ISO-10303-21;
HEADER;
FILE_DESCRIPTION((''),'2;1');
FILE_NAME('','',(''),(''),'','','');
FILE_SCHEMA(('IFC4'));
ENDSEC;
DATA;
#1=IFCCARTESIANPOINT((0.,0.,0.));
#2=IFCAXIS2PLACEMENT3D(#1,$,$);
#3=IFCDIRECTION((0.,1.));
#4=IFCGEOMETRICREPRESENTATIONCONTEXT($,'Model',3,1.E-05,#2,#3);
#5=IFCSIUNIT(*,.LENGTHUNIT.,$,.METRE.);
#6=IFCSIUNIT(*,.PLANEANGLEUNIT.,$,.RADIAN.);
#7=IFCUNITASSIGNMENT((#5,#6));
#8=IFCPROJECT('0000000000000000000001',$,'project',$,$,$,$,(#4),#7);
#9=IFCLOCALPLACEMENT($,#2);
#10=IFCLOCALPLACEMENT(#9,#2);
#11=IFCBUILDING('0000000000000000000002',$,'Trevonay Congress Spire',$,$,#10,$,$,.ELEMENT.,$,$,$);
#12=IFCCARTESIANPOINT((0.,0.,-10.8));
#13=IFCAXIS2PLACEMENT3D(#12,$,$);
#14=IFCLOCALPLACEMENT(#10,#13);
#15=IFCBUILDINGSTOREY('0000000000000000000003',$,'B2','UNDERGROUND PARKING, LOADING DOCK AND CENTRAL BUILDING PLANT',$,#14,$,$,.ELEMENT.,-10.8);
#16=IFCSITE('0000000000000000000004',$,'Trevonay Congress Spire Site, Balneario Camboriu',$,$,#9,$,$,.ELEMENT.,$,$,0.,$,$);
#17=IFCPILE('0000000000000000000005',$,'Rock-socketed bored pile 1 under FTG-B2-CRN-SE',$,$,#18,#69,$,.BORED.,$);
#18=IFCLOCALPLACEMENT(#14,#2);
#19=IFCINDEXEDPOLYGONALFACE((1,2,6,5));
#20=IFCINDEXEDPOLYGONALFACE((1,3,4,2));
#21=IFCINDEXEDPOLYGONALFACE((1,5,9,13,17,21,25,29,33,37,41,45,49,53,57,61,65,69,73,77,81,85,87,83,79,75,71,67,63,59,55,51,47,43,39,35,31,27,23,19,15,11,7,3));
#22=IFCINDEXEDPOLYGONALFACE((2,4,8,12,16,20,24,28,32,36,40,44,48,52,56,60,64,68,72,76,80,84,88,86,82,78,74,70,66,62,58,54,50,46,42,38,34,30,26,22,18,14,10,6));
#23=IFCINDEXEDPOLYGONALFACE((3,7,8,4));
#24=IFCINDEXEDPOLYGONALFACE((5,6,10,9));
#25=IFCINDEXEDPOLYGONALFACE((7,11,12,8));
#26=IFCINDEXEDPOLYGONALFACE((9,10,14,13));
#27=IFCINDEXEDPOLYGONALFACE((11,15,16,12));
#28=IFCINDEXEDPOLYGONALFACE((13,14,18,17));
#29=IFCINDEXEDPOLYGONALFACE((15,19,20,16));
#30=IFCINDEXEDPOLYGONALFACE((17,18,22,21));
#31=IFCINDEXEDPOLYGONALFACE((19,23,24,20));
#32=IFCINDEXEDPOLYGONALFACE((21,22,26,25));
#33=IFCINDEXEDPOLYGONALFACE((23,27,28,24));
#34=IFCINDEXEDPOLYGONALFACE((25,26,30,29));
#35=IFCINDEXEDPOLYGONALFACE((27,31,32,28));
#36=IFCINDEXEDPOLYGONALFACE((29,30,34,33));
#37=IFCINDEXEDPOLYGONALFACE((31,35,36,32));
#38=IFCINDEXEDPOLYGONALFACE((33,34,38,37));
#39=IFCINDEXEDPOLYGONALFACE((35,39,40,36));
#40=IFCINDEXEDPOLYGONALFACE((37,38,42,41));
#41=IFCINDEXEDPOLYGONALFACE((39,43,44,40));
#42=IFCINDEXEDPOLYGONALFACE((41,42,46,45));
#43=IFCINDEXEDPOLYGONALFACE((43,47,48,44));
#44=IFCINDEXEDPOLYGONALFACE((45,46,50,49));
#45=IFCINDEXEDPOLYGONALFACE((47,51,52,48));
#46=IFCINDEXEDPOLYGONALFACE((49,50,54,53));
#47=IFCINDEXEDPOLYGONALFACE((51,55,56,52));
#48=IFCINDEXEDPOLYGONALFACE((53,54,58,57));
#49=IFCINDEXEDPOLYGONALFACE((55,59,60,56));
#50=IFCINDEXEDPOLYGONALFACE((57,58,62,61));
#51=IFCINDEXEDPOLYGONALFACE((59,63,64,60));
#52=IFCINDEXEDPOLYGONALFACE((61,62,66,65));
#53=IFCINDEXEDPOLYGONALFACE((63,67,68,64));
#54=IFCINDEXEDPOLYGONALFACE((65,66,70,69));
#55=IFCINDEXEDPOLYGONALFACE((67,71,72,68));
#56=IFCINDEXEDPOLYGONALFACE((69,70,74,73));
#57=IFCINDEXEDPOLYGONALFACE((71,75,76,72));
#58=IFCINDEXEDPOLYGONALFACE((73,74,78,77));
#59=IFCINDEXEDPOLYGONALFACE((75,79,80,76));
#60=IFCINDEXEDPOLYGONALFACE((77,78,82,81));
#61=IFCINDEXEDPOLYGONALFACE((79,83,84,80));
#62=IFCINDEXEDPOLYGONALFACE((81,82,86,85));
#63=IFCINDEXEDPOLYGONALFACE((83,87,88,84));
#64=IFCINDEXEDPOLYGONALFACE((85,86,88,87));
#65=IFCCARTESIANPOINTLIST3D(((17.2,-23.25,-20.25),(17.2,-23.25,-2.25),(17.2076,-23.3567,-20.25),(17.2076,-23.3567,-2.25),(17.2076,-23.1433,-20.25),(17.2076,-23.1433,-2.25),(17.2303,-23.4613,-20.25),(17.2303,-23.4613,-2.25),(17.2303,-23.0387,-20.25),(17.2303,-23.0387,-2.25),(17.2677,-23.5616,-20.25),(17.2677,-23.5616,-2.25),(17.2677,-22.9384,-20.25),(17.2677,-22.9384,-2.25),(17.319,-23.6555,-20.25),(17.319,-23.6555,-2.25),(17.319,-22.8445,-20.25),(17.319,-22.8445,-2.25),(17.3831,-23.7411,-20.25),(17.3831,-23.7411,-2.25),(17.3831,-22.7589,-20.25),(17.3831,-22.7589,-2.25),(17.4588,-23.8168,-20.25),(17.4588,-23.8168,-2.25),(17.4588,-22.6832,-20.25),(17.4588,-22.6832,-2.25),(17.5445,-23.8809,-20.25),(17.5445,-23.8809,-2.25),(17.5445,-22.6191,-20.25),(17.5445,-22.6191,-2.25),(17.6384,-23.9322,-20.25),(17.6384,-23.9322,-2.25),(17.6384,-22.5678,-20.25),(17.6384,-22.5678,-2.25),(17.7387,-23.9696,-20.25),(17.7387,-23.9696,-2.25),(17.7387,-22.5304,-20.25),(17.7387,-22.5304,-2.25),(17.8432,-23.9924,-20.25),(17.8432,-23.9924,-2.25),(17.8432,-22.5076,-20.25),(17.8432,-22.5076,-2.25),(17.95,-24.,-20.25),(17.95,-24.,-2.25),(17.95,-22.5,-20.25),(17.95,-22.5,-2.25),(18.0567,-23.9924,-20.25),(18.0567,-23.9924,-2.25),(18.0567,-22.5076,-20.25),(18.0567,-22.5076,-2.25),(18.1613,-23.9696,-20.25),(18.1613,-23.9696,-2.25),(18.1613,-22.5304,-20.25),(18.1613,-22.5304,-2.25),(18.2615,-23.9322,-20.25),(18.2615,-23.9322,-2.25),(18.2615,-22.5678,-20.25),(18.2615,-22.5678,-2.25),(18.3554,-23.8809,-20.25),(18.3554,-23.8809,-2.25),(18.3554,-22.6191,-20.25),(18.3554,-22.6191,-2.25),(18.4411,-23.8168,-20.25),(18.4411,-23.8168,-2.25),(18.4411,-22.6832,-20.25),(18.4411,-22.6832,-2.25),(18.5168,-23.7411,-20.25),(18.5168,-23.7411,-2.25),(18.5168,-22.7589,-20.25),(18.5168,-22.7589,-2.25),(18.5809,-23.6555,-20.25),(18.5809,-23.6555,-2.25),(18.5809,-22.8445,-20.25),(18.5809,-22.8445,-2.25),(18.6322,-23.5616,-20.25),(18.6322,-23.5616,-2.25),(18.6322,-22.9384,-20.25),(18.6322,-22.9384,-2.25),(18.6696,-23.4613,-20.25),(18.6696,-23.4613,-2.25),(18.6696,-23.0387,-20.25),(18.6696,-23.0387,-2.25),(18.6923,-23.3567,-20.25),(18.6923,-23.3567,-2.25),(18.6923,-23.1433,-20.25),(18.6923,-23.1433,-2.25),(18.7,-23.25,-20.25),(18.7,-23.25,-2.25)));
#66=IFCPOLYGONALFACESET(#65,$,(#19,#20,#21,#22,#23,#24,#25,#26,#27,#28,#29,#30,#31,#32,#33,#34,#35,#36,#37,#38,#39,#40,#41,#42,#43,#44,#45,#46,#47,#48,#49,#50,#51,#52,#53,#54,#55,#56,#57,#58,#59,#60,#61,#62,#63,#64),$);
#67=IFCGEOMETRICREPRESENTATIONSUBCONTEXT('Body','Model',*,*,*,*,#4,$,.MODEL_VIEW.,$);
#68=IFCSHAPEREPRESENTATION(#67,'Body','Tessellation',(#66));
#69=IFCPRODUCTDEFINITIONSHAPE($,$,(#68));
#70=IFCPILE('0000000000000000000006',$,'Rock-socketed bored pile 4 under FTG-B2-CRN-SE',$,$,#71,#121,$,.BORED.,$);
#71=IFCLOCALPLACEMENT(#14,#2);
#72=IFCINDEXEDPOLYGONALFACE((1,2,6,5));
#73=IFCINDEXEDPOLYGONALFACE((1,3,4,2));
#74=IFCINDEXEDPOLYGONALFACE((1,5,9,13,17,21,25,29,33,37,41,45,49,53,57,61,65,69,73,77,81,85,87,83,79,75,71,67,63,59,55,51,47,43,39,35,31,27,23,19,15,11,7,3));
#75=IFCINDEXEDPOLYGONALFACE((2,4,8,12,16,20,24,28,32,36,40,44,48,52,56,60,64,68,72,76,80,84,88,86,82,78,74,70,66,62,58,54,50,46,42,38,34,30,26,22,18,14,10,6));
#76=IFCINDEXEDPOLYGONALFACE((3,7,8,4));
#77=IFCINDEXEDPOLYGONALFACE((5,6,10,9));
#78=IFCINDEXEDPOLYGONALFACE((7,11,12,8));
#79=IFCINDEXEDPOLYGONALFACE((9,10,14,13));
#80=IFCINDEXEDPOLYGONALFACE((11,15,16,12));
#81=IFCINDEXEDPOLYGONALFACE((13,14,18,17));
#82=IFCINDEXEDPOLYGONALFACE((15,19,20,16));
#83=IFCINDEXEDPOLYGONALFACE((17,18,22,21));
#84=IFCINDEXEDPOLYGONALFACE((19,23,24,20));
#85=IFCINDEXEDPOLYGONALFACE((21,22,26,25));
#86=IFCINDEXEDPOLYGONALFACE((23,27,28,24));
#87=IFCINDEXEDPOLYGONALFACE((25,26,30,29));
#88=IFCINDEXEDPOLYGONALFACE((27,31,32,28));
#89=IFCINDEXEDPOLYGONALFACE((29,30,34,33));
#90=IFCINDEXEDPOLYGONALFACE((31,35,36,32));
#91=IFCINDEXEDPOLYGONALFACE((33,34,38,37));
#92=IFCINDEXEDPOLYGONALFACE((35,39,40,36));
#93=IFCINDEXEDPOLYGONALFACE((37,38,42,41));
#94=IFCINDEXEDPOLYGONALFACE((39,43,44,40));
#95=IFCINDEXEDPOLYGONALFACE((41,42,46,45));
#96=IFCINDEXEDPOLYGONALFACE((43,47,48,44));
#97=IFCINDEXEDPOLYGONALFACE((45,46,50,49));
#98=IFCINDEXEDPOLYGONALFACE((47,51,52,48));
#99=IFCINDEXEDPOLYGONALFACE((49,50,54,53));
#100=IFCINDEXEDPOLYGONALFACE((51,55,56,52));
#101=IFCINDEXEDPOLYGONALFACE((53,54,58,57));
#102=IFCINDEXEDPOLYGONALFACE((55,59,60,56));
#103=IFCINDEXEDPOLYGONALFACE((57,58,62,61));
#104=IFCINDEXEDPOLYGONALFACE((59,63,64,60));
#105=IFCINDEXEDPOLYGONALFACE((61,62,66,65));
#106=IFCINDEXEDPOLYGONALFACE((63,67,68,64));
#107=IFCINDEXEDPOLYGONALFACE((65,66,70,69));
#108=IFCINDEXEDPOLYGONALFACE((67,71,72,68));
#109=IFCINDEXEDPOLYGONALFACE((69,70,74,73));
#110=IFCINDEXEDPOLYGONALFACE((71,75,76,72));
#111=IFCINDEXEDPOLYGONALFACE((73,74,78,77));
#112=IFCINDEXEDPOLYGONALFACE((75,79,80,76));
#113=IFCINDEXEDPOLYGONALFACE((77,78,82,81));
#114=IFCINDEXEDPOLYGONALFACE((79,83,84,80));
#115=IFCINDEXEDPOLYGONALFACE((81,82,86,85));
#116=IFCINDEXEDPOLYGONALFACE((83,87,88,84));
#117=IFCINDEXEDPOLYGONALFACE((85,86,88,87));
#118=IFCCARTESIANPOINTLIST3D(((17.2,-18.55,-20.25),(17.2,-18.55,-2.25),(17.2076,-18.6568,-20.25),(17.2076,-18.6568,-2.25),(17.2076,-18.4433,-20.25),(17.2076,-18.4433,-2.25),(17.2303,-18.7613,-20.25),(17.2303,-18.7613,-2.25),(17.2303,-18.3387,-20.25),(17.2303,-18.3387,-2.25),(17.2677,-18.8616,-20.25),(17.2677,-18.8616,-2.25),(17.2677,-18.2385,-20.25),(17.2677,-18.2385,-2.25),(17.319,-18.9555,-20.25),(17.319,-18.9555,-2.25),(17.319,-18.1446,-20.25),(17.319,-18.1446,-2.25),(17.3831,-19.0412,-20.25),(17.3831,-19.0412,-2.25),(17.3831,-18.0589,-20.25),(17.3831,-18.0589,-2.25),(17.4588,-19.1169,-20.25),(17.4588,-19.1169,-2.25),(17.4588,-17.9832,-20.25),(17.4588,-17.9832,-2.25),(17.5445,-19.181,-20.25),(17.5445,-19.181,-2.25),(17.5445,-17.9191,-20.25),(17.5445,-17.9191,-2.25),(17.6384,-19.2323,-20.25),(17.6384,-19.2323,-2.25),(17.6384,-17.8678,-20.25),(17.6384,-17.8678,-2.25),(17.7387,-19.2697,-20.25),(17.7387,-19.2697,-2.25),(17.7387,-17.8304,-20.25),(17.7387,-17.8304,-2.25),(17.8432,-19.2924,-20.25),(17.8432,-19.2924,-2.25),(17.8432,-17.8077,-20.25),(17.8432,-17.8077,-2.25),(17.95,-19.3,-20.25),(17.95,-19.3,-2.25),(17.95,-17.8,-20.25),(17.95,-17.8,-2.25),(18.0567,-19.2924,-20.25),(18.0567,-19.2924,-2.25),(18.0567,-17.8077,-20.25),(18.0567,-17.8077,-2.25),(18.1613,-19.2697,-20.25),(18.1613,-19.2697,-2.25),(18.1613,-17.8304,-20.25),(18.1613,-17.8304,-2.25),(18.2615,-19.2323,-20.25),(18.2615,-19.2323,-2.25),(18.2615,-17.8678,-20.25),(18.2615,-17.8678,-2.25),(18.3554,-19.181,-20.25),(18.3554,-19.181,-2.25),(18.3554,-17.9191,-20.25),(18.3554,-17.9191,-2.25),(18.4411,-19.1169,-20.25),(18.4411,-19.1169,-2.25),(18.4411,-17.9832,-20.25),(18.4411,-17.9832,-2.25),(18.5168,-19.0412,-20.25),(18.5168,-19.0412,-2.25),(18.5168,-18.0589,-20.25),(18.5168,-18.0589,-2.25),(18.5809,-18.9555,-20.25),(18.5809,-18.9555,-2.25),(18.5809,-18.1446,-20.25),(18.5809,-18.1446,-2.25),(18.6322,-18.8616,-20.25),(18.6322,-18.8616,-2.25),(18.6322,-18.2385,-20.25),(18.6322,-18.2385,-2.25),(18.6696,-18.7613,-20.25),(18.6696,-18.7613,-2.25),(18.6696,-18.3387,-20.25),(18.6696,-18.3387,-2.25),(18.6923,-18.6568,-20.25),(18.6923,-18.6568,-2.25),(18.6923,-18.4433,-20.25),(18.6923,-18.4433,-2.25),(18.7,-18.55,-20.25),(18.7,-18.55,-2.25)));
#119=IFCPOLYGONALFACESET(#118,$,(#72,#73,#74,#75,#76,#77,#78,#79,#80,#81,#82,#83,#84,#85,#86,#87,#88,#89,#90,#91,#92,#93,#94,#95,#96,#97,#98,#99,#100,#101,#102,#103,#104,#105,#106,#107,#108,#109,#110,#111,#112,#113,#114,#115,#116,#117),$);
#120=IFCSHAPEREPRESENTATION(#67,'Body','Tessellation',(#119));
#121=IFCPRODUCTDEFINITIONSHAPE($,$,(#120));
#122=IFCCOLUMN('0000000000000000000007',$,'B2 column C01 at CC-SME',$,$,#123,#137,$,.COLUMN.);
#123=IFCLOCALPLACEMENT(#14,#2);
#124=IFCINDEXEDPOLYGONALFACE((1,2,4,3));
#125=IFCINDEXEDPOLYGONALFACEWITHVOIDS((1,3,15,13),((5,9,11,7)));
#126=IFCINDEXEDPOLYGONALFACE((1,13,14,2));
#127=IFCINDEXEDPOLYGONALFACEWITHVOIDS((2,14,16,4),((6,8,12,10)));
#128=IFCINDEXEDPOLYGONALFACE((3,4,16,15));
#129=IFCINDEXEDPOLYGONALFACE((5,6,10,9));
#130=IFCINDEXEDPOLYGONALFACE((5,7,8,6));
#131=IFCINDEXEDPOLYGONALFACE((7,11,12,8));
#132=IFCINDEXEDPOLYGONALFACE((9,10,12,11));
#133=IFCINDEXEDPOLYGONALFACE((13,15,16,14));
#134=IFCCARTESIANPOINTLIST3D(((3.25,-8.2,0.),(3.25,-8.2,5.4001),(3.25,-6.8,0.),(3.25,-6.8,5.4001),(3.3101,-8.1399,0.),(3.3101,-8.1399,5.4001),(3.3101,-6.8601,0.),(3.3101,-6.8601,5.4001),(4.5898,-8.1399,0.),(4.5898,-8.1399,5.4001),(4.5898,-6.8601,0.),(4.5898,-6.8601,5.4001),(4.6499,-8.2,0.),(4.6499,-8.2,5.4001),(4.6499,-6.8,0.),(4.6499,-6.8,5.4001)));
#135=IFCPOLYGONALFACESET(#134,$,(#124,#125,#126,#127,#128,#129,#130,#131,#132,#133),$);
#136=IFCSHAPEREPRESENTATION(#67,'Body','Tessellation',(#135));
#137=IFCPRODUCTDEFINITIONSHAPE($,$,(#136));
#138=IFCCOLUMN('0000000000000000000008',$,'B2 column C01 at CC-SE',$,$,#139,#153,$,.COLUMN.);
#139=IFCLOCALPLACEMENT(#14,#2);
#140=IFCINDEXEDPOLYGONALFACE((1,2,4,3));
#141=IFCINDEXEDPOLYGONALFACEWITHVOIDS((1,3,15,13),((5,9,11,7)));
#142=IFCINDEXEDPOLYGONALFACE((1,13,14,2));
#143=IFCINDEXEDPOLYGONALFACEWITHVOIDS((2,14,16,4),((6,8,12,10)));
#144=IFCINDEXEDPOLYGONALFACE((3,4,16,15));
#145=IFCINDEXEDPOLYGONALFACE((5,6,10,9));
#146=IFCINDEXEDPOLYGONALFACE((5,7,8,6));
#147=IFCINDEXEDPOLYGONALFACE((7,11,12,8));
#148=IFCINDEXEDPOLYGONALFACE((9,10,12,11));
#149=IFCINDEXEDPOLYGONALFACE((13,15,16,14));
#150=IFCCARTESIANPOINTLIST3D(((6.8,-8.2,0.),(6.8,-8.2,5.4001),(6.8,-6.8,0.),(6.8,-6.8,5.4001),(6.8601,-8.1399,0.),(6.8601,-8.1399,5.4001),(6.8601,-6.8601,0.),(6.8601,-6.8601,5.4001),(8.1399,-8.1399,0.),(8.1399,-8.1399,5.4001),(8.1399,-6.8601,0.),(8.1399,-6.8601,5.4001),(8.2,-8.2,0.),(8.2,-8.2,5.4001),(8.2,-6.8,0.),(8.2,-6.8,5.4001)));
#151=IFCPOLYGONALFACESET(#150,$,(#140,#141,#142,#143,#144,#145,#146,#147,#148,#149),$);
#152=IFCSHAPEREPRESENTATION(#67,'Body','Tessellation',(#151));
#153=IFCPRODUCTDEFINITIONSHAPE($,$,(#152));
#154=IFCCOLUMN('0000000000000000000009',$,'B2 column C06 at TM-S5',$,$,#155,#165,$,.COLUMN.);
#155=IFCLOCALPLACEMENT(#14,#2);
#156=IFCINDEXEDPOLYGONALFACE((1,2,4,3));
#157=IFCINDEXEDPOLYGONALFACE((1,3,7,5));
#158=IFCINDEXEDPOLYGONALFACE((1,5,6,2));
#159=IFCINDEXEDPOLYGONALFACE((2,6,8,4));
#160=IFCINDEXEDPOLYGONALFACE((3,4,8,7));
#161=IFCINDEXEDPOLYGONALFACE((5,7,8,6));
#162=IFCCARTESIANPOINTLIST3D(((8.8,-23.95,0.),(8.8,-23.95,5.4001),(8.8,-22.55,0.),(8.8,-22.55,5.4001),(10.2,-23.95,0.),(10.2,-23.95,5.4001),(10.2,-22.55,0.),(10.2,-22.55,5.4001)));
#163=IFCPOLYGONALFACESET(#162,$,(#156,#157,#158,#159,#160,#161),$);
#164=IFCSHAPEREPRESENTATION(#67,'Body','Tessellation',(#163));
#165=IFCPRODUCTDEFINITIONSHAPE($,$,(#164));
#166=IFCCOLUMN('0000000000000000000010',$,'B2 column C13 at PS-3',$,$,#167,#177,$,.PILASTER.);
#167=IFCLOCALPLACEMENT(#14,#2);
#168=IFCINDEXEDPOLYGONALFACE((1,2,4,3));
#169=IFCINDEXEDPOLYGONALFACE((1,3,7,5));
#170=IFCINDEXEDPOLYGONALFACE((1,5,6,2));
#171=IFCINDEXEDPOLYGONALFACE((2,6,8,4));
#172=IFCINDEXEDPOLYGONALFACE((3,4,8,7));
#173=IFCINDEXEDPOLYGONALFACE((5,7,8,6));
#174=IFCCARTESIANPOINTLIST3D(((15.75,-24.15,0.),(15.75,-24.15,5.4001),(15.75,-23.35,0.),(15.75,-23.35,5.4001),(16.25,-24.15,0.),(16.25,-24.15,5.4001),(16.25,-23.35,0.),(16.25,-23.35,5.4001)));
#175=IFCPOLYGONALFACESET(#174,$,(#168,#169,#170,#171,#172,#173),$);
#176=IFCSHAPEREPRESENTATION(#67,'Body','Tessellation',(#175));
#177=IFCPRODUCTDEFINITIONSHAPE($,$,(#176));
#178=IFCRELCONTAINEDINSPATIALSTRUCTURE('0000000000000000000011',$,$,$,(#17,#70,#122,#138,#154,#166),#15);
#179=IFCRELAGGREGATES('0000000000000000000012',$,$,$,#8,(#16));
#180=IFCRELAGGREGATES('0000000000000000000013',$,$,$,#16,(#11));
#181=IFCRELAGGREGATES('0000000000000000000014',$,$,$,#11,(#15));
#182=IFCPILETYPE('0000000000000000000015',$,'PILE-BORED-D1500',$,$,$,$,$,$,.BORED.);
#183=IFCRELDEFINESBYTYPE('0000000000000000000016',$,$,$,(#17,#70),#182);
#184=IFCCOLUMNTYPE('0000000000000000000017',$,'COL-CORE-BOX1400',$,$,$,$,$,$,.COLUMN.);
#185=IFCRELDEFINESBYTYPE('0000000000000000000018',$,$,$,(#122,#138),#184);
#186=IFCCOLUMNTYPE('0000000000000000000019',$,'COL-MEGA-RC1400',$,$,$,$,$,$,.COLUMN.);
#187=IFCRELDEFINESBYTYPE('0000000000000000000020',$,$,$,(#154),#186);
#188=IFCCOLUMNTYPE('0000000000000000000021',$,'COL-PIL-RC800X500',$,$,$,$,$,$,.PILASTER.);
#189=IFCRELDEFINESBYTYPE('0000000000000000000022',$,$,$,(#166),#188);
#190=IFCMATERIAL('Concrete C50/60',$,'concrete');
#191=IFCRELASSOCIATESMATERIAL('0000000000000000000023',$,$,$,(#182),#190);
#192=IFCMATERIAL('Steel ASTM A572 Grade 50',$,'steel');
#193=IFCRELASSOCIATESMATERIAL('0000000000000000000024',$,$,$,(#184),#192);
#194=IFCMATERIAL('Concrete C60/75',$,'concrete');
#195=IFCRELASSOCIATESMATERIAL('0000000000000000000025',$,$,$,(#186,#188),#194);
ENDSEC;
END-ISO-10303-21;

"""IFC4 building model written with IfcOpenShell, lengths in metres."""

from ifc_helpers import new_model, si_unit, direction, frame, origin, origin_2d, place, context, subcontext, project, spatial, rectangle, hollow_rectangle, circle, extrude, material, material_profile, profile_set, type_object, element, save


model = new_model("IFC4")

# Units and contexts
model_context = context("Model", 3, precision=1e-05, world=origin(), true_north=direction((0.0, 1.0)))
body_context = subcontext(model_context, "Body", "Model", "MODEL_VIEW")
ifc_project = project(units=[si_unit("LENGTHUNIT", "METRE"), si_unit("PLANEANGLEUNIT", "RADIAN")], contexts=[model_context])

# Site, building, storey
site_placement = place(None, origin())
site = spatial("IfcSite", under=ifc_project, at=site_placement, Name="Trevonay Congress Spire Site, Balneario Camboriu", CompositionType="ELEMENT", RefElevation=0.0)
building_placement = place(site_placement, origin())
building = spatial("IfcBuilding", under=site, at=building_placement, Name="Trevonay Congress Spire", CompositionType="ELEMENT")
storey_placement = place(building_placement, frame((0.0, 0.0, -10.8)))
storey = spatial("IfcBuildingStorey", under=building, at=storey_placement, Name="B2", Description="UNDERGROUND PARKING, LOADING DOCK AND CENTRAL BUILDING PLANT", CompositionType="ELEMENT", Elevation=-10.8)

# Shared definitions
ifc_material_1 = material(Name="Concrete C50/60", Category="concrete")

# Piles
ifc_material_profile_1 = material_profile(ifc_material_1, circle(Radius=0.75, at=origin_2d()), Name="PILE D1500")
ifc_profile_set_1 = profile_set([ifc_material_profile_1], Name="Concrete C50/60")
pile_type_1 = type_object("IfcPileType", Name="PILE-BORED-D1500", PredefinedType="BORED", material=ifc_profile_set_1)
for number, where, z_axis, x_axis, name in (
    (1, (17.95, -23.25, -2.25), (0.0, 0.0, -1.0), (1.0, 0.0, 0.0), "Rock-socketed bored pile 1 under FTG-B2-CRN-SE"),
    (2, (17.95, -18.55, -2.25), (0.0, 0.0, -1.0), (1.0, 0.0, 0.0), "Rock-socketed bored pile 4 under FTG-B2-CRN-SE"),
):
    element("IfcPile", number, at=place(storey_placement, frame(where, z_axis=z_axis, x_axis=x_axis)), inside=storey, type_object=pile_type_1, Name=name, PredefinedType="BORED", context=body_context, shape_type="SweptSolid", body=[
        extrude(circle(Radius=0.75, at=origin_2d()), origin(), (0.0, 0.0, 1.0), 18.0),
    ])

# Columns
ifc_material_2 = material(Name="Steel ASTM A572 Grade 50", Category="steel")
ifc_material_profile_2 = material_profile(ifc_material_2, hollow_rectangle(XDim=1.3999, YDim=1.3999, WallThickness=0.0601, at=origin_2d()), Name="BOX 1400x1400x60")
ifc_profile_set_2 = profile_set([ifc_material_profile_2], Name="Steel ASTM A572 Grade 50")
column_type_1 = type_object("IfcColumnType", Name="COL-CORE-BOX1400", PredefinedType="COLUMN", material=ifc_profile_set_2)
for number, where, z_axis, x_axis, name in (
    (3, (3.95, -7.5, 0.0), (0.0, 0.0, 1.0), (1.0, 0.0, 0.0), "B2 column C01 at CC-SME"),
    (4, (7.5, -7.5, 0.0), (0.0, 0.0, 1.0), (1.0, 0.0, 0.0), "B2 column C01 at CC-SE"),
):
    element("IfcColumn", number, at=place(storey_placement, frame(where, z_axis=z_axis, x_axis=x_axis)), inside=storey, type_object=column_type_1, Name=name, PredefinedType="COLUMN", context=body_context, shape_type="SweptSolid", body=[
        extrude(hollow_rectangle(XDim=1.3999, YDim=1.3999, WallThickness=0.0601, at=origin_2d()), origin(), (0.0, 0.0, 1.0), 5.4001),
    ])
ifc_material_3 = material(Name="Concrete C60/75", Category="concrete")
ifc_material_profile_3 = material_profile(ifc_material_3, rectangle(XDim=1.3999, YDim=1.3999, at=origin_2d()), Name="RC 1400x1400")
ifc_profile_set_3 = profile_set([ifc_material_profile_3], Name="Concrete C60/75")
column_type_2 = type_object("IfcColumnType", Name="COL-MEGA-RC1400", PredefinedType="COLUMN", material=ifc_profile_set_3)
column_1_placement = place(storey_placement, frame((9.5, -23.25, 0.0), z_axis=(0.0, 0.0, 1.0), x_axis=(1.0, 0.0, 0.0)))
element("IfcColumn", 5, at=column_1_placement, inside=storey, type_object=column_type_2, Name="B2 column C06 at TM-S5", PredefinedType="COLUMN", context=body_context, shape_type="SweptSolid", body=[
    extrude(rectangle(XDim=1.3999, YDim=1.3999, at=origin_2d()), origin(), (0.0, 0.0, 1.0), 5.4001),
])
ifc_material_profile_4 = material_profile(ifc_material_3, rectangle(XDim=0.5, YDim=0.8, at=origin_2d()), Name="RC 800x500")
ifc_profile_set_4 = profile_set([ifc_material_profile_4], Name="Concrete C60/75")
column_type_3 = type_object("IfcColumnType", Name="COL-PIL-RC800X500", PredefinedType="PILASTER", material=ifc_profile_set_4)
column_2_placement = place(storey_placement, frame((16.0, -23.75, 0.0), z_axis=(0.0, 0.0, 1.0), x_axis=(1.0, 0.0, 0.0)))
element("IfcColumn", 6, at=column_2_placement, inside=storey, type_object=column_type_3, Name="B2 column C13 at PS-3", PredefinedType="PILASTER", context=body_context, shape_type="SweptSolid", body=[
    extrude(rectangle(XDim=0.5, YDim=0.8, at=origin_2d()), origin(), (0.0, 0.0, 1.0), 5.4001),
])

save(model, "model.ifc")
